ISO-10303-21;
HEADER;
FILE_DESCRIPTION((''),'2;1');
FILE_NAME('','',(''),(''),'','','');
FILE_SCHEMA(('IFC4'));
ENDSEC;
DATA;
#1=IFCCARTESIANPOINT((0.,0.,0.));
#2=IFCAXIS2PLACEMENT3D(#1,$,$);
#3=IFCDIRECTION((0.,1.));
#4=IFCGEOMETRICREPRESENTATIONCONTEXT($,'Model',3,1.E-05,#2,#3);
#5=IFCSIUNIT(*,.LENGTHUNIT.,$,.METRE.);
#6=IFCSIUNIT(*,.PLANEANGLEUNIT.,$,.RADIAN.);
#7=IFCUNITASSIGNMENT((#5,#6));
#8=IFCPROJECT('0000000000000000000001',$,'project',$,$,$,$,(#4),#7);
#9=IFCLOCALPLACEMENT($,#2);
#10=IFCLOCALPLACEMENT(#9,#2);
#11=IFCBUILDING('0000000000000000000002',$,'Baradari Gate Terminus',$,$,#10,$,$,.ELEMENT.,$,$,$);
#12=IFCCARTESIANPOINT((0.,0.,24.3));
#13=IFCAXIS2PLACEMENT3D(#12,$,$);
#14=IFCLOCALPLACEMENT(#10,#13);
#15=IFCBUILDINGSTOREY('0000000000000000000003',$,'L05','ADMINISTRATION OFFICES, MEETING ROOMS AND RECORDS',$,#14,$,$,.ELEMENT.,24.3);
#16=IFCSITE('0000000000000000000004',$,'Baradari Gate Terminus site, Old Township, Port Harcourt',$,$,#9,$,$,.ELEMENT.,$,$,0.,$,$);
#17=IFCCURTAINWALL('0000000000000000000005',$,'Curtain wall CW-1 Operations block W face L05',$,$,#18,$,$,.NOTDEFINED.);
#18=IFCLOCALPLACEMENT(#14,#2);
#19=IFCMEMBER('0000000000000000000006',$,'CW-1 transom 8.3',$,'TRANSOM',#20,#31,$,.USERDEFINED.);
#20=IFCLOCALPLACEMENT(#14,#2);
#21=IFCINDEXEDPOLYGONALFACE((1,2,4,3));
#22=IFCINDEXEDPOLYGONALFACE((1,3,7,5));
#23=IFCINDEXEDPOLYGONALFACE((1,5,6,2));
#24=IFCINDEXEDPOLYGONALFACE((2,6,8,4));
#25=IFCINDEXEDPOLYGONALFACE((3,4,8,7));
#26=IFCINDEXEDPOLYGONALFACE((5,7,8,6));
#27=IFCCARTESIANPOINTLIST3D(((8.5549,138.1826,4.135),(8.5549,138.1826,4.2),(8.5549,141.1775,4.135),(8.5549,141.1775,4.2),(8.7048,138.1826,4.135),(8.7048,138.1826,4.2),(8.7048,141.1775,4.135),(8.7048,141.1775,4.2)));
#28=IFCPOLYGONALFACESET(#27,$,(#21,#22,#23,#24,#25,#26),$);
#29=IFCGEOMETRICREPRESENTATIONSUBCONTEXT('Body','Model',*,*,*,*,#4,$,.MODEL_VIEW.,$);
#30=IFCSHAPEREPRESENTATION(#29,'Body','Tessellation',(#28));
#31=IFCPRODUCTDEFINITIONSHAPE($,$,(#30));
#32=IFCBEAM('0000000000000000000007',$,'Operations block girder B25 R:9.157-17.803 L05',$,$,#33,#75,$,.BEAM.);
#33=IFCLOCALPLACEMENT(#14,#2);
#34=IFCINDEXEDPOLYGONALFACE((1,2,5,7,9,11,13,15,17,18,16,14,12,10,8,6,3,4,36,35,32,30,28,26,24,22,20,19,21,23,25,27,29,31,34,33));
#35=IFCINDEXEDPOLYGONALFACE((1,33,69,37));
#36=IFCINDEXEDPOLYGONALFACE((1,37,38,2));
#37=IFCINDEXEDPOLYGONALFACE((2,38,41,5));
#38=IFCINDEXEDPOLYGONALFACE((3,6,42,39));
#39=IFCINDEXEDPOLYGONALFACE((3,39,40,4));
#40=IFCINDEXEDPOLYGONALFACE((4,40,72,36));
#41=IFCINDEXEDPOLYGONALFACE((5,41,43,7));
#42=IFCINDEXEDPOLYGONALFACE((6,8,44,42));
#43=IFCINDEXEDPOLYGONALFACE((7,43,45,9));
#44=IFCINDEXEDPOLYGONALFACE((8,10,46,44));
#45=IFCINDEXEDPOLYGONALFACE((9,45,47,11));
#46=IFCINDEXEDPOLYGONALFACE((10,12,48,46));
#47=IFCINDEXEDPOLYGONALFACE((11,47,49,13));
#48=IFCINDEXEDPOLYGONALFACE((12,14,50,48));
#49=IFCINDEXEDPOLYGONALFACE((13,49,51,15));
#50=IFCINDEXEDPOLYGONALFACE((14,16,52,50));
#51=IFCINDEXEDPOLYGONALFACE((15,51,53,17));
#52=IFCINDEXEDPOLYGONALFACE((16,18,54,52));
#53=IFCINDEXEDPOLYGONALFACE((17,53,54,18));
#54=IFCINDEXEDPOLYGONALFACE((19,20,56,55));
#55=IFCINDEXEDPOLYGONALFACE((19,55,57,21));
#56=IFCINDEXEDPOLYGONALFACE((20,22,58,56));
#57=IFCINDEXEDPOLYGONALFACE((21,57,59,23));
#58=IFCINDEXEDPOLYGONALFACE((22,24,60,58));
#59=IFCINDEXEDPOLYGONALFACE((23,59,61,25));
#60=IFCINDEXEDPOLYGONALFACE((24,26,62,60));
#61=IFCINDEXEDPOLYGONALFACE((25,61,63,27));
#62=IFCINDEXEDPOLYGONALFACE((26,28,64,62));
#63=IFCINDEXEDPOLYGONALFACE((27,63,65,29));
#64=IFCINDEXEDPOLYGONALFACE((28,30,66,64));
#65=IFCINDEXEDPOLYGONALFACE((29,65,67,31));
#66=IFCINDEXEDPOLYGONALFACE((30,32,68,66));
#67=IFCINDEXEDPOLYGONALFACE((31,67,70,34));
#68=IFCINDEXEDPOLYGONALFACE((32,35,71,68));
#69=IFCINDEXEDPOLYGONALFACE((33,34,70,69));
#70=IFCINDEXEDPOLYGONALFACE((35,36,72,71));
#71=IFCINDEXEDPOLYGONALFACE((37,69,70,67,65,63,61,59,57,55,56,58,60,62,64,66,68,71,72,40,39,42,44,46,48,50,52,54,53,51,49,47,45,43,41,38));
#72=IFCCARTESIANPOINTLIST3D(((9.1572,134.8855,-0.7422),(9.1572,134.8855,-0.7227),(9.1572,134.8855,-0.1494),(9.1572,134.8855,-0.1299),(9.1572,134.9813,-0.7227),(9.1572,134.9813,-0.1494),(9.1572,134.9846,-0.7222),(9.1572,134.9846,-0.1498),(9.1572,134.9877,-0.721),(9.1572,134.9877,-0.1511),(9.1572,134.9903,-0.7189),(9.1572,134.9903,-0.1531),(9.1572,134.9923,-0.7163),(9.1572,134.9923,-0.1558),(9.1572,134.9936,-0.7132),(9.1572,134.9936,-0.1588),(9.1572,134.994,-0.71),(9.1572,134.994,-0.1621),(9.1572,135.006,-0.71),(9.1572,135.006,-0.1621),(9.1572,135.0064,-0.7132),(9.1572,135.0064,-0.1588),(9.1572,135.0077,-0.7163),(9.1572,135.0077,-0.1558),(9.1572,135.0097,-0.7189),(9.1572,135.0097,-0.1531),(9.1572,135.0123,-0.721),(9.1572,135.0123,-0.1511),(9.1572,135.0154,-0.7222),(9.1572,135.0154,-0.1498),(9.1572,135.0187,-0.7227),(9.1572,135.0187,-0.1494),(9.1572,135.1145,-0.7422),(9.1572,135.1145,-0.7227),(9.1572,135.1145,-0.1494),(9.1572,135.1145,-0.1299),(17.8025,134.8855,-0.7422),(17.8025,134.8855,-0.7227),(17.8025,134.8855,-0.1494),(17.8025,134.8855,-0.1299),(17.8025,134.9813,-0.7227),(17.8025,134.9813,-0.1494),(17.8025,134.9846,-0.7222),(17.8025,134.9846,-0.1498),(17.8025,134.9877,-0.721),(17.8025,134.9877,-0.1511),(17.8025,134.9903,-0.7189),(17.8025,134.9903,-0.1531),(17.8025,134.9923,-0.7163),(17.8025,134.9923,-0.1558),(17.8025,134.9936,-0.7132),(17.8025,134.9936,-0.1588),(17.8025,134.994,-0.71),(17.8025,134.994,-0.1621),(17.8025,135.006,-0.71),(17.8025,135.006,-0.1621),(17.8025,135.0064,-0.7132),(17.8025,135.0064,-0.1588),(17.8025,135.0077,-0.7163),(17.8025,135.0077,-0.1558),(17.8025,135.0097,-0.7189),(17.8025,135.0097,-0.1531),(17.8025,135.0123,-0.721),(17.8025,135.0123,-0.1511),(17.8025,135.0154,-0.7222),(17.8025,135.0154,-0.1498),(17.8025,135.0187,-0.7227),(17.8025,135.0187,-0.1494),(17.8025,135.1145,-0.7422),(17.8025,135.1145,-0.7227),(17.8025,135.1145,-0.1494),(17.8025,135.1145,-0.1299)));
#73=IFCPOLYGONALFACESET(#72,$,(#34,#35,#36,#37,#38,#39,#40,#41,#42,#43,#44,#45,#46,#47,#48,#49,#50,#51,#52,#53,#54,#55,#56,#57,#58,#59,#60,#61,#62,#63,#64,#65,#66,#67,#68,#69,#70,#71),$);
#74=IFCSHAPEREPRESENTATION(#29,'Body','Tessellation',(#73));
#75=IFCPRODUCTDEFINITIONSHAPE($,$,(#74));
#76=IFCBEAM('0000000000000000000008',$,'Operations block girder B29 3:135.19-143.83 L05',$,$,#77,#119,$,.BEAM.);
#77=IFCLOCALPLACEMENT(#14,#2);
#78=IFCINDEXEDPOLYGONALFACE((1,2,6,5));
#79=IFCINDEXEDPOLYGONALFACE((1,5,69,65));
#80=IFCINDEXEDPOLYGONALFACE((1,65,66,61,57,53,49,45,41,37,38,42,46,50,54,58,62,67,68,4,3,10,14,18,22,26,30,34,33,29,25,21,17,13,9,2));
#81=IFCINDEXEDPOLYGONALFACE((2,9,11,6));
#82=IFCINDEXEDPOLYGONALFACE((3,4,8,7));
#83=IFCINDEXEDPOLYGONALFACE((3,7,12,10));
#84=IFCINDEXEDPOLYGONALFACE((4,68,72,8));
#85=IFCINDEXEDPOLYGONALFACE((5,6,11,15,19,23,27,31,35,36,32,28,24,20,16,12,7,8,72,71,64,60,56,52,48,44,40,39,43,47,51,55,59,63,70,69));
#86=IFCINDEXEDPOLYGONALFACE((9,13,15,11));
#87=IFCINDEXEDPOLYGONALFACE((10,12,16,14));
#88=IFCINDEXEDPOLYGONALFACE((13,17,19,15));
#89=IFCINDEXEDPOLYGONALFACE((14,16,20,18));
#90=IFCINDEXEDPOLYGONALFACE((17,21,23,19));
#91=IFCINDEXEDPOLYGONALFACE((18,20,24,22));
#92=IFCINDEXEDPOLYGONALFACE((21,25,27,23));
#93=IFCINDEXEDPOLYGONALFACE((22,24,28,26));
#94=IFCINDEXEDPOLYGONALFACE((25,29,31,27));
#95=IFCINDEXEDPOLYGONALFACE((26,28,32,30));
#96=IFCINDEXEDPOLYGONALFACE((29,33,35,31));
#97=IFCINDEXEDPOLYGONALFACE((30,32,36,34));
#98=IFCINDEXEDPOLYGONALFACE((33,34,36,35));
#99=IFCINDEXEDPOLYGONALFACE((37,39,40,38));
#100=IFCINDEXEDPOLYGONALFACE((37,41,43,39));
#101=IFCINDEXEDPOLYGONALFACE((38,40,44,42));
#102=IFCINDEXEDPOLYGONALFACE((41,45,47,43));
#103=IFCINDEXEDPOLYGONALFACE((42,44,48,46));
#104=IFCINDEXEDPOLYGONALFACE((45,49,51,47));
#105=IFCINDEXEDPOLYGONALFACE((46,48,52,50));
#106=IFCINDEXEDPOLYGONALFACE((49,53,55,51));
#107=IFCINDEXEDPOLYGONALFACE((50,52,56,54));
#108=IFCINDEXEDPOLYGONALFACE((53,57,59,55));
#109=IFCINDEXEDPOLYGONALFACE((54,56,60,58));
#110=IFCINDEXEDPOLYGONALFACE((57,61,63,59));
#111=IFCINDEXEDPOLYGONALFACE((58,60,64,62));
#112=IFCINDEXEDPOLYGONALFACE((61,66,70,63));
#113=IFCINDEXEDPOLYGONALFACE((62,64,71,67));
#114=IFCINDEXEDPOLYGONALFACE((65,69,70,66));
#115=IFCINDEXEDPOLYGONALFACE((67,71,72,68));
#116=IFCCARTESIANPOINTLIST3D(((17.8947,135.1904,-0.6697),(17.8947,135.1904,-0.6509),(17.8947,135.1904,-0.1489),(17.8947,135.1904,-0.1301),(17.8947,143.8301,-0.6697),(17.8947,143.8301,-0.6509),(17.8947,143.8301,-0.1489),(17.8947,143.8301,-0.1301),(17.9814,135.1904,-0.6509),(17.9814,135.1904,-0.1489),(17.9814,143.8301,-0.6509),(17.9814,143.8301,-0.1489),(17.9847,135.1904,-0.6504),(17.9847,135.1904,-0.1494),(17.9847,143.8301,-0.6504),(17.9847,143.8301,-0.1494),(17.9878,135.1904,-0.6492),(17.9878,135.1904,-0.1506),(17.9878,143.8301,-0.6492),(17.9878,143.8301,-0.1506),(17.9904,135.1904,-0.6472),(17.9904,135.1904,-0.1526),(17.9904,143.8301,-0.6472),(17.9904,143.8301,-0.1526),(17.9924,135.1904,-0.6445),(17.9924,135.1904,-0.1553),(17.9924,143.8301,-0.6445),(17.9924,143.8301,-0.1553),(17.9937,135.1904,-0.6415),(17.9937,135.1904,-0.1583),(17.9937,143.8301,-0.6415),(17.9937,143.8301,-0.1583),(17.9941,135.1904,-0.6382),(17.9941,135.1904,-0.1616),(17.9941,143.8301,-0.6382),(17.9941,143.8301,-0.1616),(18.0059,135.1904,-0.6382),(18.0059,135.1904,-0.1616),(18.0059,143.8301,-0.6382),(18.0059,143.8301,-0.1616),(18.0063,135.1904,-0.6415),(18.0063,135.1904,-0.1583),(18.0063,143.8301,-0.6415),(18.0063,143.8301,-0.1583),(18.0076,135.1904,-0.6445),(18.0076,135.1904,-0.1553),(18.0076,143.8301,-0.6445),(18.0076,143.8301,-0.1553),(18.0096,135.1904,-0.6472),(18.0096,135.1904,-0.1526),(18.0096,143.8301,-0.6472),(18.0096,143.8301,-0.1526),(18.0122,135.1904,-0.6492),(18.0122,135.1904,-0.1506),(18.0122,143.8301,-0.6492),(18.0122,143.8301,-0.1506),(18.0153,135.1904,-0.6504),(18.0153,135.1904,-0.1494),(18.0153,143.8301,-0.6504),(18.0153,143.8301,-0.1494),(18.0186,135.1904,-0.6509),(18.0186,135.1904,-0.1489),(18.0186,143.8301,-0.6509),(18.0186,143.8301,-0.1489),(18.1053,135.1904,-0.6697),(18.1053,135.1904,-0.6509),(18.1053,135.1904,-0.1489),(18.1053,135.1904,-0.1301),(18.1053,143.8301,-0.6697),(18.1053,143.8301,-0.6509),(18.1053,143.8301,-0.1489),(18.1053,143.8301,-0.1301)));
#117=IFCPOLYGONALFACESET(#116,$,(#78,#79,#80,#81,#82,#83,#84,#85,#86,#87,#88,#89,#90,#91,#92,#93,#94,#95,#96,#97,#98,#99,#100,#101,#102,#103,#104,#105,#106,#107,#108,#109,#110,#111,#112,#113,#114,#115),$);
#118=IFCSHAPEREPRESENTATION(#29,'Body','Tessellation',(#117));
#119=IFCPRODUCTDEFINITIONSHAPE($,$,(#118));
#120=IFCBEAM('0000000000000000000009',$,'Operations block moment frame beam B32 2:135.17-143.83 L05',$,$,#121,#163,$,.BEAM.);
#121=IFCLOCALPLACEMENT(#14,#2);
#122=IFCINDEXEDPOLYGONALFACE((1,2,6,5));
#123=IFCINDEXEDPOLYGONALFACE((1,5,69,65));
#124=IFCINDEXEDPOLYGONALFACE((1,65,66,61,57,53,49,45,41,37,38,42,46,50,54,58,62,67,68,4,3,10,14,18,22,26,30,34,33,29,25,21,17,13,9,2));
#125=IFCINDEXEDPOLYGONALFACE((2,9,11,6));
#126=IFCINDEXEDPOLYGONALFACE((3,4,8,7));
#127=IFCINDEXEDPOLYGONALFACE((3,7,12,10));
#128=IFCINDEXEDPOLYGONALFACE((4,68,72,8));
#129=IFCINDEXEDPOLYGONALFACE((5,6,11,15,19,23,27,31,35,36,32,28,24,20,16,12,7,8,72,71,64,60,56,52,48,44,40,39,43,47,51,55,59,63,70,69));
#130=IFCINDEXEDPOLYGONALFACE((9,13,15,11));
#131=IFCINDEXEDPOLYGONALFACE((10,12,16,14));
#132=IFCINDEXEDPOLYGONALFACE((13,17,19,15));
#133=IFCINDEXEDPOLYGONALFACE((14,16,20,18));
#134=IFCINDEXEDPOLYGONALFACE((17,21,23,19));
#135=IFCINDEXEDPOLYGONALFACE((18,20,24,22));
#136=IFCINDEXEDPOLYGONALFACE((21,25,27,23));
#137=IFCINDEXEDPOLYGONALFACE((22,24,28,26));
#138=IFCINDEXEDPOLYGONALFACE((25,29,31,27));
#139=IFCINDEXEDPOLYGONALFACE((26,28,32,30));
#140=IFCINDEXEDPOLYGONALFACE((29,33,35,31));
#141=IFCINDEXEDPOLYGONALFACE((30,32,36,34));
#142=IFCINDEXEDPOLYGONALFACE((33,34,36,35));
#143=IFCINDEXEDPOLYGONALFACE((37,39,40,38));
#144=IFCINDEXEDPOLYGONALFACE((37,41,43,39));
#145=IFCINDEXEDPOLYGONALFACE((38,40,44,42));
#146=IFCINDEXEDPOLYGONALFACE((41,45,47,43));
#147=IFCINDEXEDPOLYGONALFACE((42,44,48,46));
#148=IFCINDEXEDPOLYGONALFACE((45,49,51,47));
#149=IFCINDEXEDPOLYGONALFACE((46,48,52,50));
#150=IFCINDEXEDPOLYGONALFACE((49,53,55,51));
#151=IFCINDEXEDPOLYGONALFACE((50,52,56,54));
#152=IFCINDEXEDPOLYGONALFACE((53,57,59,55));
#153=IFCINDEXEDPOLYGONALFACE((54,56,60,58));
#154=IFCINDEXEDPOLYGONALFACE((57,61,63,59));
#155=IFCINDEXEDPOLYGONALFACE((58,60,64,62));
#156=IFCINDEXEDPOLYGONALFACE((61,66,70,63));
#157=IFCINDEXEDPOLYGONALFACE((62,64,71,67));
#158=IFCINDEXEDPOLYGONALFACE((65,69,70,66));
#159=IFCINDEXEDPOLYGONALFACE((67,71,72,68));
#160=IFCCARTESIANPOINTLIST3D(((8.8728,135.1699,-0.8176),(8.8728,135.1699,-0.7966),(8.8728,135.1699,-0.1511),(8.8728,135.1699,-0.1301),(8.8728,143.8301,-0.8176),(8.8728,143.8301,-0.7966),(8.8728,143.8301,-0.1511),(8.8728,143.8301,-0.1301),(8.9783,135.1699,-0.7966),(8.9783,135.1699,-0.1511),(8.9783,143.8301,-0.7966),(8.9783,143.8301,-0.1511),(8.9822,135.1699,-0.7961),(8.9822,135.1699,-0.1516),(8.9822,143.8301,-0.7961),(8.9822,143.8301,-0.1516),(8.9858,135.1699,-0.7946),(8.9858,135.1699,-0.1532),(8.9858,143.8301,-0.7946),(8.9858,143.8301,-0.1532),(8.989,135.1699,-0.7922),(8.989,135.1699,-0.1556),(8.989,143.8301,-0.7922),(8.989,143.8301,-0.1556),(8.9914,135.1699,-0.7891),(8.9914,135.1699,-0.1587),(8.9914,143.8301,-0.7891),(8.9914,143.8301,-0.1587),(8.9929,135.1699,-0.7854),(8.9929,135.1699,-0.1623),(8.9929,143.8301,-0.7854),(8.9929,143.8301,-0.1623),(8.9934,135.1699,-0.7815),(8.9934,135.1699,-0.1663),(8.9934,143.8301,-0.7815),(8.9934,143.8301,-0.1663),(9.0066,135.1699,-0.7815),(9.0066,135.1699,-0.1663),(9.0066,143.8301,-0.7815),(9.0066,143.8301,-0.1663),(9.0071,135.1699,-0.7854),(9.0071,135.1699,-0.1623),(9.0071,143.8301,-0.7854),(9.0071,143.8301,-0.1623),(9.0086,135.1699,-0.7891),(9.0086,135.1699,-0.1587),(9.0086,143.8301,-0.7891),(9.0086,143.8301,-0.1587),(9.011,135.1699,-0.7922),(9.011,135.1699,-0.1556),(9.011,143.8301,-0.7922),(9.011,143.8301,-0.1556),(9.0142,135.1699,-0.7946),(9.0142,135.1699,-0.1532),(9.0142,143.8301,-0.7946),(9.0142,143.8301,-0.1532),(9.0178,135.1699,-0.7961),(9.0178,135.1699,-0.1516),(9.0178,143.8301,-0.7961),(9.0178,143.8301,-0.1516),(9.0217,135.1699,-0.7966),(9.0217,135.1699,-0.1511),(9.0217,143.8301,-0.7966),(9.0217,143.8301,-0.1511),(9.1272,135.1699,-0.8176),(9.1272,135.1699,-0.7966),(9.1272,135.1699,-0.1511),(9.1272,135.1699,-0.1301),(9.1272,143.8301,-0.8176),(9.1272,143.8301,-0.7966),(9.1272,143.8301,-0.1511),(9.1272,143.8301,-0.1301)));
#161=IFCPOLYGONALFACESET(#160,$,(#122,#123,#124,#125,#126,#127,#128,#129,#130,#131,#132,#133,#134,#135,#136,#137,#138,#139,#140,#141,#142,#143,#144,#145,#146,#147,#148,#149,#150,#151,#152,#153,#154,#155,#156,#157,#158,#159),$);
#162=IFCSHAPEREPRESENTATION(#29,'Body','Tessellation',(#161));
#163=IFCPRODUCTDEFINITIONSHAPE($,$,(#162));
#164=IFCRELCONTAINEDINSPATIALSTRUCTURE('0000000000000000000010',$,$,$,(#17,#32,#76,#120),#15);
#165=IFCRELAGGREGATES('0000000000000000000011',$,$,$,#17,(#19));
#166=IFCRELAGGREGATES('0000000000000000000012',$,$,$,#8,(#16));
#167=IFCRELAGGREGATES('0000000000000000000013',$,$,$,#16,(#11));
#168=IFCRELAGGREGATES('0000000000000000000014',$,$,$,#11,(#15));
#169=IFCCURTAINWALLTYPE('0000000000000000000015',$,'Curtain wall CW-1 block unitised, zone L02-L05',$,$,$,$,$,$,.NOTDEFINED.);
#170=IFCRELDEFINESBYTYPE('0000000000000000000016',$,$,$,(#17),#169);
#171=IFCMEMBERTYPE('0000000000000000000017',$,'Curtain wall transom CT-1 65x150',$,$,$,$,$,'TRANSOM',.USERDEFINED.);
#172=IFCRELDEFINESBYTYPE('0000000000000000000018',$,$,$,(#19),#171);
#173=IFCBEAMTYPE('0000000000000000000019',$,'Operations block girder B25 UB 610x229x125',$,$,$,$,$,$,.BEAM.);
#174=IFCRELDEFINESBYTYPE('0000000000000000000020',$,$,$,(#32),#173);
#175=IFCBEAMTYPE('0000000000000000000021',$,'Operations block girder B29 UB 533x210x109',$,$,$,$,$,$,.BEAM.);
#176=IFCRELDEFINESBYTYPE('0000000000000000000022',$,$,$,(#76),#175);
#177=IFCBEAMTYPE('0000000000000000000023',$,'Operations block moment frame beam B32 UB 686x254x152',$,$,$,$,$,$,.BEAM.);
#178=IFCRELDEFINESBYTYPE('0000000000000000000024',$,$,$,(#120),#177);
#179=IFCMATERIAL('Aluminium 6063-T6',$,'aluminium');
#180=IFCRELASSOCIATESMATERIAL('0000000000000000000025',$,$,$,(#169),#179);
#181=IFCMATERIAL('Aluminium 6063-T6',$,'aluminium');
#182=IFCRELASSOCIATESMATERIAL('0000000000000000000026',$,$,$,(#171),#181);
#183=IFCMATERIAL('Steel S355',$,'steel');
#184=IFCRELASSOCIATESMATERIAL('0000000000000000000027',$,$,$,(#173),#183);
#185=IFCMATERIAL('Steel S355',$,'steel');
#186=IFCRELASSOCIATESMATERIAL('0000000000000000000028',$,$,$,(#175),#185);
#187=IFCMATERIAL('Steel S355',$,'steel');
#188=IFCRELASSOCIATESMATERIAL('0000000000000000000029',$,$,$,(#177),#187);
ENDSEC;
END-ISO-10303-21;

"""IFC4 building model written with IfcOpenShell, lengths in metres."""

from ifc_helpers import new_model, si_unit, direction, frame, origin, origin_2d, place, context, subcontext, project, spatial, rectangle, i_section, extrude, material, material_profile, profile_set, type_object, element, aggregate, save


model = new_model("IFC4")

# Units and contexts
model_context = context("Model", 3, precision=1e-05, world=origin(), true_north=direction((0.0, 1.0)))
body_context = subcontext(model_context, "Body", "Model", "MODEL_VIEW")
ifc_project = project(units=[si_unit("LENGTHUNIT", "METRE"), si_unit("PLANEANGLEUNIT", "RADIAN")], contexts=[model_context])

# Site, building, storey
site_placement = place(None, origin())
site = spatial("IfcSite", under=ifc_project, at=site_placement, Name="Baradari Gate Terminus site, Old Township, Port Harcourt", CompositionType="ELEMENT", RefElevation=0.0)
building_placement = place(site_placement, origin())
building = spatial("IfcBuilding", under=site, at=building_placement, Name="Baradari Gate Terminus", CompositionType="ELEMENT")
storey_placement = place(building_placement, frame((0.0, 0.0, 24.3)))
storey = spatial("IfcBuildingStorey", under=building, at=storey_placement, Name="L05", Description="ADMINISTRATION OFFICES, MEETING ROOMS AND RECORDS", CompositionType="ELEMENT", Elevation=24.3)

# Curtain wall, member
ifc_material_1 = material(Name="Aluminium 6063-T6", Category="aluminium")
curtain_wall_type = type_object("IfcCurtainWallType", Name="Curtain wall CW-1 block unitised, zone L02-L05", PredefinedType="NOTDEFINED", material=ifc_material_1)
curtain_wall_placement = place(storey_placement, origin())
curtain_wall = element("IfcCurtainWall", 1, at=curtain_wall_placement, inside=storey, type_object=curtain_wall_type, Name="Curtain wall CW-1 Operations block W face L05", PredefinedType="NOTDEFINED")
ifc_material_2 = material(Name="Aluminium 6063-T6", Category="aluminium")
ifc_material_profile_1 = material_profile(ifc_material_2, rectangle(XDim=0.1499, YDim=0.0649, at=origin_2d()), Name="CT-1 65X150")
ifc_profile_set_1 = profile_set([ifc_material_profile_1], Name="Aluminium 6063-T6")
member_type_1 = type_object("IfcMemberType", Name="Curtain wall transom CT-1 65x150", ElementType="TRANSOM", PredefinedType="USERDEFINED", material=ifc_profile_set_1)
member_1_placement = place(storey_placement, frame((8.6299, 138.1826, 4.1675), z_axis=(0.0, 1.0, 0.0), x_axis=(-1.0, 0.0, 0.0)))
member_1 = element("IfcMember", 2, at=member_1_placement, type_object=member_type_1, Name="CW-1 transom 8.3", ObjectType="TRANSOM", PredefinedType="USERDEFINED", context=body_context, shape_type="SweptSolid", body=[
    extrude(rectangle(XDim=0.1499, YDim=0.0649, at=origin_2d()), origin(), (0.0, 0.0, 1.0), 2.9949),
])

# Beams
ifc_material_3 = material(Name="Steel S355", Category="steel")
ifc_material_profile_2 = material_profile(ifc_material_3, i_section(OverallWidth=0.229, OverallDepth=0.6123, WebThickness=0.012, FlangeThickness=0.0195, FilletRadius=0.0127, at=origin_2d()), Name="UB 610x229x125")
ifc_profile_set_2 = profile_set([ifc_material_profile_2], Name="Steel S355")
beam_type_1 = type_object("IfcBeamType", Name="Operations block girder B25 UB 610x229x125", PredefinedType="BEAM", material=ifc_profile_set_2)
beam_1_placement = place(storey_placement, frame((9.1572, 135.0, -0.436), z_axis=(1.0, 0.0, 0.0), x_axis=(0.0, 1.0, 0.0)))
element("IfcBeam", 3, at=beam_1_placement, inside=storey, type_object=beam_type_1, Name="Operations block girder B25 R:9.157-17.803 L05", PredefinedType="BEAM", context=body_context, shape_type="SweptSolid", body=[
    extrude(i_section(OverallWidth=0.229, OverallDepth=0.6123, WebThickness=0.012, FlangeThickness=0.0195, FilletRadius=0.0127, at=origin_2d()), origin(), (0.0, 0.0, 1.0), 8.6453),
])
ifc_material_4 = material(Name="Steel S355", Category="steel")
ifc_material_profile_3 = material_profile(ifc_material_4, i_section(OverallWidth=0.2107, OverallDepth=0.5396, WebThickness=0.0117, FlangeThickness=0.0188, FilletRadius=0.0127, at=origin_2d()), Name="UB 533x210x109")
ifc_profile_set_3 = profile_set([ifc_material_profile_3], Name="Steel S355")
beam_type_2 = type_object("IfcBeamType", Name="Operations block girder B29 UB 533x210x109", PredefinedType="BEAM", material=ifc_profile_set_3)
beam_2_placement = place(storey_placement, frame((18.0, 135.1904, -0.3999), z_axis=(0.0, 1.0, 0.0), x_axis=(-1.0, 0.0, 0.0)))
element("IfcBeam", 4, at=beam_2_placement, inside=storey, type_object=beam_type_2, Name="Operations block girder B29 3:135.19-143.83 L05", PredefinedType="BEAM", context=body_context, shape_type="SweptSolid", body=[
    extrude(i_section(OverallWidth=0.2107, OverallDepth=0.5396, WebThickness=0.0117, FlangeThickness=0.0188, FilletRadius=0.0127, at=origin_2d()), origin(), (0.0, 0.0, 1.0), 8.6396),
])
ifc_material_5 = material(Name="Steel S355", Category="steel")
ifc_material_profile_4 = material_profile(ifc_material_5, i_section(OverallWidth=0.2544, OverallDepth=0.6875, WebThickness=0.0132, FlangeThickness=0.021, FilletRadius=0.0151, at=origin_2d()), Name="UB 686x254x152")
ifc_profile_set_4 = profile_set([ifc_material_profile_4], Name="Steel S355")
beam_type_3 = type_object("IfcBeamType", Name="Operations block moment frame beam B32 UB 686x254x152", PredefinedType="BEAM", material=ifc_profile_set_4)
beam_3_placement = place(storey_placement, frame((9.0, 135.1699, -0.4739), z_axis=(0.0, 1.0, 0.0), x_axis=(-1.0, 0.0, 0.0)))
element("IfcBeam", 5, at=beam_3_placement, inside=storey, type_object=beam_type_3, Name="Operations block moment frame beam B32 2:135.17-143.83 L05", PredefinedType="BEAM", context=body_context, shape_type="SweptSolid", body=[
    extrude(i_section(OverallWidth=0.2544, OverallDepth=0.6875, WebThickness=0.0132, FlangeThickness=0.021, FilletRadius=0.0151, at=origin_2d()), origin(), (0.0, 0.0, 1.0), 8.6602),
])

aggregate(curtain_wall, [member_1])

save(model, "model.ifc")
